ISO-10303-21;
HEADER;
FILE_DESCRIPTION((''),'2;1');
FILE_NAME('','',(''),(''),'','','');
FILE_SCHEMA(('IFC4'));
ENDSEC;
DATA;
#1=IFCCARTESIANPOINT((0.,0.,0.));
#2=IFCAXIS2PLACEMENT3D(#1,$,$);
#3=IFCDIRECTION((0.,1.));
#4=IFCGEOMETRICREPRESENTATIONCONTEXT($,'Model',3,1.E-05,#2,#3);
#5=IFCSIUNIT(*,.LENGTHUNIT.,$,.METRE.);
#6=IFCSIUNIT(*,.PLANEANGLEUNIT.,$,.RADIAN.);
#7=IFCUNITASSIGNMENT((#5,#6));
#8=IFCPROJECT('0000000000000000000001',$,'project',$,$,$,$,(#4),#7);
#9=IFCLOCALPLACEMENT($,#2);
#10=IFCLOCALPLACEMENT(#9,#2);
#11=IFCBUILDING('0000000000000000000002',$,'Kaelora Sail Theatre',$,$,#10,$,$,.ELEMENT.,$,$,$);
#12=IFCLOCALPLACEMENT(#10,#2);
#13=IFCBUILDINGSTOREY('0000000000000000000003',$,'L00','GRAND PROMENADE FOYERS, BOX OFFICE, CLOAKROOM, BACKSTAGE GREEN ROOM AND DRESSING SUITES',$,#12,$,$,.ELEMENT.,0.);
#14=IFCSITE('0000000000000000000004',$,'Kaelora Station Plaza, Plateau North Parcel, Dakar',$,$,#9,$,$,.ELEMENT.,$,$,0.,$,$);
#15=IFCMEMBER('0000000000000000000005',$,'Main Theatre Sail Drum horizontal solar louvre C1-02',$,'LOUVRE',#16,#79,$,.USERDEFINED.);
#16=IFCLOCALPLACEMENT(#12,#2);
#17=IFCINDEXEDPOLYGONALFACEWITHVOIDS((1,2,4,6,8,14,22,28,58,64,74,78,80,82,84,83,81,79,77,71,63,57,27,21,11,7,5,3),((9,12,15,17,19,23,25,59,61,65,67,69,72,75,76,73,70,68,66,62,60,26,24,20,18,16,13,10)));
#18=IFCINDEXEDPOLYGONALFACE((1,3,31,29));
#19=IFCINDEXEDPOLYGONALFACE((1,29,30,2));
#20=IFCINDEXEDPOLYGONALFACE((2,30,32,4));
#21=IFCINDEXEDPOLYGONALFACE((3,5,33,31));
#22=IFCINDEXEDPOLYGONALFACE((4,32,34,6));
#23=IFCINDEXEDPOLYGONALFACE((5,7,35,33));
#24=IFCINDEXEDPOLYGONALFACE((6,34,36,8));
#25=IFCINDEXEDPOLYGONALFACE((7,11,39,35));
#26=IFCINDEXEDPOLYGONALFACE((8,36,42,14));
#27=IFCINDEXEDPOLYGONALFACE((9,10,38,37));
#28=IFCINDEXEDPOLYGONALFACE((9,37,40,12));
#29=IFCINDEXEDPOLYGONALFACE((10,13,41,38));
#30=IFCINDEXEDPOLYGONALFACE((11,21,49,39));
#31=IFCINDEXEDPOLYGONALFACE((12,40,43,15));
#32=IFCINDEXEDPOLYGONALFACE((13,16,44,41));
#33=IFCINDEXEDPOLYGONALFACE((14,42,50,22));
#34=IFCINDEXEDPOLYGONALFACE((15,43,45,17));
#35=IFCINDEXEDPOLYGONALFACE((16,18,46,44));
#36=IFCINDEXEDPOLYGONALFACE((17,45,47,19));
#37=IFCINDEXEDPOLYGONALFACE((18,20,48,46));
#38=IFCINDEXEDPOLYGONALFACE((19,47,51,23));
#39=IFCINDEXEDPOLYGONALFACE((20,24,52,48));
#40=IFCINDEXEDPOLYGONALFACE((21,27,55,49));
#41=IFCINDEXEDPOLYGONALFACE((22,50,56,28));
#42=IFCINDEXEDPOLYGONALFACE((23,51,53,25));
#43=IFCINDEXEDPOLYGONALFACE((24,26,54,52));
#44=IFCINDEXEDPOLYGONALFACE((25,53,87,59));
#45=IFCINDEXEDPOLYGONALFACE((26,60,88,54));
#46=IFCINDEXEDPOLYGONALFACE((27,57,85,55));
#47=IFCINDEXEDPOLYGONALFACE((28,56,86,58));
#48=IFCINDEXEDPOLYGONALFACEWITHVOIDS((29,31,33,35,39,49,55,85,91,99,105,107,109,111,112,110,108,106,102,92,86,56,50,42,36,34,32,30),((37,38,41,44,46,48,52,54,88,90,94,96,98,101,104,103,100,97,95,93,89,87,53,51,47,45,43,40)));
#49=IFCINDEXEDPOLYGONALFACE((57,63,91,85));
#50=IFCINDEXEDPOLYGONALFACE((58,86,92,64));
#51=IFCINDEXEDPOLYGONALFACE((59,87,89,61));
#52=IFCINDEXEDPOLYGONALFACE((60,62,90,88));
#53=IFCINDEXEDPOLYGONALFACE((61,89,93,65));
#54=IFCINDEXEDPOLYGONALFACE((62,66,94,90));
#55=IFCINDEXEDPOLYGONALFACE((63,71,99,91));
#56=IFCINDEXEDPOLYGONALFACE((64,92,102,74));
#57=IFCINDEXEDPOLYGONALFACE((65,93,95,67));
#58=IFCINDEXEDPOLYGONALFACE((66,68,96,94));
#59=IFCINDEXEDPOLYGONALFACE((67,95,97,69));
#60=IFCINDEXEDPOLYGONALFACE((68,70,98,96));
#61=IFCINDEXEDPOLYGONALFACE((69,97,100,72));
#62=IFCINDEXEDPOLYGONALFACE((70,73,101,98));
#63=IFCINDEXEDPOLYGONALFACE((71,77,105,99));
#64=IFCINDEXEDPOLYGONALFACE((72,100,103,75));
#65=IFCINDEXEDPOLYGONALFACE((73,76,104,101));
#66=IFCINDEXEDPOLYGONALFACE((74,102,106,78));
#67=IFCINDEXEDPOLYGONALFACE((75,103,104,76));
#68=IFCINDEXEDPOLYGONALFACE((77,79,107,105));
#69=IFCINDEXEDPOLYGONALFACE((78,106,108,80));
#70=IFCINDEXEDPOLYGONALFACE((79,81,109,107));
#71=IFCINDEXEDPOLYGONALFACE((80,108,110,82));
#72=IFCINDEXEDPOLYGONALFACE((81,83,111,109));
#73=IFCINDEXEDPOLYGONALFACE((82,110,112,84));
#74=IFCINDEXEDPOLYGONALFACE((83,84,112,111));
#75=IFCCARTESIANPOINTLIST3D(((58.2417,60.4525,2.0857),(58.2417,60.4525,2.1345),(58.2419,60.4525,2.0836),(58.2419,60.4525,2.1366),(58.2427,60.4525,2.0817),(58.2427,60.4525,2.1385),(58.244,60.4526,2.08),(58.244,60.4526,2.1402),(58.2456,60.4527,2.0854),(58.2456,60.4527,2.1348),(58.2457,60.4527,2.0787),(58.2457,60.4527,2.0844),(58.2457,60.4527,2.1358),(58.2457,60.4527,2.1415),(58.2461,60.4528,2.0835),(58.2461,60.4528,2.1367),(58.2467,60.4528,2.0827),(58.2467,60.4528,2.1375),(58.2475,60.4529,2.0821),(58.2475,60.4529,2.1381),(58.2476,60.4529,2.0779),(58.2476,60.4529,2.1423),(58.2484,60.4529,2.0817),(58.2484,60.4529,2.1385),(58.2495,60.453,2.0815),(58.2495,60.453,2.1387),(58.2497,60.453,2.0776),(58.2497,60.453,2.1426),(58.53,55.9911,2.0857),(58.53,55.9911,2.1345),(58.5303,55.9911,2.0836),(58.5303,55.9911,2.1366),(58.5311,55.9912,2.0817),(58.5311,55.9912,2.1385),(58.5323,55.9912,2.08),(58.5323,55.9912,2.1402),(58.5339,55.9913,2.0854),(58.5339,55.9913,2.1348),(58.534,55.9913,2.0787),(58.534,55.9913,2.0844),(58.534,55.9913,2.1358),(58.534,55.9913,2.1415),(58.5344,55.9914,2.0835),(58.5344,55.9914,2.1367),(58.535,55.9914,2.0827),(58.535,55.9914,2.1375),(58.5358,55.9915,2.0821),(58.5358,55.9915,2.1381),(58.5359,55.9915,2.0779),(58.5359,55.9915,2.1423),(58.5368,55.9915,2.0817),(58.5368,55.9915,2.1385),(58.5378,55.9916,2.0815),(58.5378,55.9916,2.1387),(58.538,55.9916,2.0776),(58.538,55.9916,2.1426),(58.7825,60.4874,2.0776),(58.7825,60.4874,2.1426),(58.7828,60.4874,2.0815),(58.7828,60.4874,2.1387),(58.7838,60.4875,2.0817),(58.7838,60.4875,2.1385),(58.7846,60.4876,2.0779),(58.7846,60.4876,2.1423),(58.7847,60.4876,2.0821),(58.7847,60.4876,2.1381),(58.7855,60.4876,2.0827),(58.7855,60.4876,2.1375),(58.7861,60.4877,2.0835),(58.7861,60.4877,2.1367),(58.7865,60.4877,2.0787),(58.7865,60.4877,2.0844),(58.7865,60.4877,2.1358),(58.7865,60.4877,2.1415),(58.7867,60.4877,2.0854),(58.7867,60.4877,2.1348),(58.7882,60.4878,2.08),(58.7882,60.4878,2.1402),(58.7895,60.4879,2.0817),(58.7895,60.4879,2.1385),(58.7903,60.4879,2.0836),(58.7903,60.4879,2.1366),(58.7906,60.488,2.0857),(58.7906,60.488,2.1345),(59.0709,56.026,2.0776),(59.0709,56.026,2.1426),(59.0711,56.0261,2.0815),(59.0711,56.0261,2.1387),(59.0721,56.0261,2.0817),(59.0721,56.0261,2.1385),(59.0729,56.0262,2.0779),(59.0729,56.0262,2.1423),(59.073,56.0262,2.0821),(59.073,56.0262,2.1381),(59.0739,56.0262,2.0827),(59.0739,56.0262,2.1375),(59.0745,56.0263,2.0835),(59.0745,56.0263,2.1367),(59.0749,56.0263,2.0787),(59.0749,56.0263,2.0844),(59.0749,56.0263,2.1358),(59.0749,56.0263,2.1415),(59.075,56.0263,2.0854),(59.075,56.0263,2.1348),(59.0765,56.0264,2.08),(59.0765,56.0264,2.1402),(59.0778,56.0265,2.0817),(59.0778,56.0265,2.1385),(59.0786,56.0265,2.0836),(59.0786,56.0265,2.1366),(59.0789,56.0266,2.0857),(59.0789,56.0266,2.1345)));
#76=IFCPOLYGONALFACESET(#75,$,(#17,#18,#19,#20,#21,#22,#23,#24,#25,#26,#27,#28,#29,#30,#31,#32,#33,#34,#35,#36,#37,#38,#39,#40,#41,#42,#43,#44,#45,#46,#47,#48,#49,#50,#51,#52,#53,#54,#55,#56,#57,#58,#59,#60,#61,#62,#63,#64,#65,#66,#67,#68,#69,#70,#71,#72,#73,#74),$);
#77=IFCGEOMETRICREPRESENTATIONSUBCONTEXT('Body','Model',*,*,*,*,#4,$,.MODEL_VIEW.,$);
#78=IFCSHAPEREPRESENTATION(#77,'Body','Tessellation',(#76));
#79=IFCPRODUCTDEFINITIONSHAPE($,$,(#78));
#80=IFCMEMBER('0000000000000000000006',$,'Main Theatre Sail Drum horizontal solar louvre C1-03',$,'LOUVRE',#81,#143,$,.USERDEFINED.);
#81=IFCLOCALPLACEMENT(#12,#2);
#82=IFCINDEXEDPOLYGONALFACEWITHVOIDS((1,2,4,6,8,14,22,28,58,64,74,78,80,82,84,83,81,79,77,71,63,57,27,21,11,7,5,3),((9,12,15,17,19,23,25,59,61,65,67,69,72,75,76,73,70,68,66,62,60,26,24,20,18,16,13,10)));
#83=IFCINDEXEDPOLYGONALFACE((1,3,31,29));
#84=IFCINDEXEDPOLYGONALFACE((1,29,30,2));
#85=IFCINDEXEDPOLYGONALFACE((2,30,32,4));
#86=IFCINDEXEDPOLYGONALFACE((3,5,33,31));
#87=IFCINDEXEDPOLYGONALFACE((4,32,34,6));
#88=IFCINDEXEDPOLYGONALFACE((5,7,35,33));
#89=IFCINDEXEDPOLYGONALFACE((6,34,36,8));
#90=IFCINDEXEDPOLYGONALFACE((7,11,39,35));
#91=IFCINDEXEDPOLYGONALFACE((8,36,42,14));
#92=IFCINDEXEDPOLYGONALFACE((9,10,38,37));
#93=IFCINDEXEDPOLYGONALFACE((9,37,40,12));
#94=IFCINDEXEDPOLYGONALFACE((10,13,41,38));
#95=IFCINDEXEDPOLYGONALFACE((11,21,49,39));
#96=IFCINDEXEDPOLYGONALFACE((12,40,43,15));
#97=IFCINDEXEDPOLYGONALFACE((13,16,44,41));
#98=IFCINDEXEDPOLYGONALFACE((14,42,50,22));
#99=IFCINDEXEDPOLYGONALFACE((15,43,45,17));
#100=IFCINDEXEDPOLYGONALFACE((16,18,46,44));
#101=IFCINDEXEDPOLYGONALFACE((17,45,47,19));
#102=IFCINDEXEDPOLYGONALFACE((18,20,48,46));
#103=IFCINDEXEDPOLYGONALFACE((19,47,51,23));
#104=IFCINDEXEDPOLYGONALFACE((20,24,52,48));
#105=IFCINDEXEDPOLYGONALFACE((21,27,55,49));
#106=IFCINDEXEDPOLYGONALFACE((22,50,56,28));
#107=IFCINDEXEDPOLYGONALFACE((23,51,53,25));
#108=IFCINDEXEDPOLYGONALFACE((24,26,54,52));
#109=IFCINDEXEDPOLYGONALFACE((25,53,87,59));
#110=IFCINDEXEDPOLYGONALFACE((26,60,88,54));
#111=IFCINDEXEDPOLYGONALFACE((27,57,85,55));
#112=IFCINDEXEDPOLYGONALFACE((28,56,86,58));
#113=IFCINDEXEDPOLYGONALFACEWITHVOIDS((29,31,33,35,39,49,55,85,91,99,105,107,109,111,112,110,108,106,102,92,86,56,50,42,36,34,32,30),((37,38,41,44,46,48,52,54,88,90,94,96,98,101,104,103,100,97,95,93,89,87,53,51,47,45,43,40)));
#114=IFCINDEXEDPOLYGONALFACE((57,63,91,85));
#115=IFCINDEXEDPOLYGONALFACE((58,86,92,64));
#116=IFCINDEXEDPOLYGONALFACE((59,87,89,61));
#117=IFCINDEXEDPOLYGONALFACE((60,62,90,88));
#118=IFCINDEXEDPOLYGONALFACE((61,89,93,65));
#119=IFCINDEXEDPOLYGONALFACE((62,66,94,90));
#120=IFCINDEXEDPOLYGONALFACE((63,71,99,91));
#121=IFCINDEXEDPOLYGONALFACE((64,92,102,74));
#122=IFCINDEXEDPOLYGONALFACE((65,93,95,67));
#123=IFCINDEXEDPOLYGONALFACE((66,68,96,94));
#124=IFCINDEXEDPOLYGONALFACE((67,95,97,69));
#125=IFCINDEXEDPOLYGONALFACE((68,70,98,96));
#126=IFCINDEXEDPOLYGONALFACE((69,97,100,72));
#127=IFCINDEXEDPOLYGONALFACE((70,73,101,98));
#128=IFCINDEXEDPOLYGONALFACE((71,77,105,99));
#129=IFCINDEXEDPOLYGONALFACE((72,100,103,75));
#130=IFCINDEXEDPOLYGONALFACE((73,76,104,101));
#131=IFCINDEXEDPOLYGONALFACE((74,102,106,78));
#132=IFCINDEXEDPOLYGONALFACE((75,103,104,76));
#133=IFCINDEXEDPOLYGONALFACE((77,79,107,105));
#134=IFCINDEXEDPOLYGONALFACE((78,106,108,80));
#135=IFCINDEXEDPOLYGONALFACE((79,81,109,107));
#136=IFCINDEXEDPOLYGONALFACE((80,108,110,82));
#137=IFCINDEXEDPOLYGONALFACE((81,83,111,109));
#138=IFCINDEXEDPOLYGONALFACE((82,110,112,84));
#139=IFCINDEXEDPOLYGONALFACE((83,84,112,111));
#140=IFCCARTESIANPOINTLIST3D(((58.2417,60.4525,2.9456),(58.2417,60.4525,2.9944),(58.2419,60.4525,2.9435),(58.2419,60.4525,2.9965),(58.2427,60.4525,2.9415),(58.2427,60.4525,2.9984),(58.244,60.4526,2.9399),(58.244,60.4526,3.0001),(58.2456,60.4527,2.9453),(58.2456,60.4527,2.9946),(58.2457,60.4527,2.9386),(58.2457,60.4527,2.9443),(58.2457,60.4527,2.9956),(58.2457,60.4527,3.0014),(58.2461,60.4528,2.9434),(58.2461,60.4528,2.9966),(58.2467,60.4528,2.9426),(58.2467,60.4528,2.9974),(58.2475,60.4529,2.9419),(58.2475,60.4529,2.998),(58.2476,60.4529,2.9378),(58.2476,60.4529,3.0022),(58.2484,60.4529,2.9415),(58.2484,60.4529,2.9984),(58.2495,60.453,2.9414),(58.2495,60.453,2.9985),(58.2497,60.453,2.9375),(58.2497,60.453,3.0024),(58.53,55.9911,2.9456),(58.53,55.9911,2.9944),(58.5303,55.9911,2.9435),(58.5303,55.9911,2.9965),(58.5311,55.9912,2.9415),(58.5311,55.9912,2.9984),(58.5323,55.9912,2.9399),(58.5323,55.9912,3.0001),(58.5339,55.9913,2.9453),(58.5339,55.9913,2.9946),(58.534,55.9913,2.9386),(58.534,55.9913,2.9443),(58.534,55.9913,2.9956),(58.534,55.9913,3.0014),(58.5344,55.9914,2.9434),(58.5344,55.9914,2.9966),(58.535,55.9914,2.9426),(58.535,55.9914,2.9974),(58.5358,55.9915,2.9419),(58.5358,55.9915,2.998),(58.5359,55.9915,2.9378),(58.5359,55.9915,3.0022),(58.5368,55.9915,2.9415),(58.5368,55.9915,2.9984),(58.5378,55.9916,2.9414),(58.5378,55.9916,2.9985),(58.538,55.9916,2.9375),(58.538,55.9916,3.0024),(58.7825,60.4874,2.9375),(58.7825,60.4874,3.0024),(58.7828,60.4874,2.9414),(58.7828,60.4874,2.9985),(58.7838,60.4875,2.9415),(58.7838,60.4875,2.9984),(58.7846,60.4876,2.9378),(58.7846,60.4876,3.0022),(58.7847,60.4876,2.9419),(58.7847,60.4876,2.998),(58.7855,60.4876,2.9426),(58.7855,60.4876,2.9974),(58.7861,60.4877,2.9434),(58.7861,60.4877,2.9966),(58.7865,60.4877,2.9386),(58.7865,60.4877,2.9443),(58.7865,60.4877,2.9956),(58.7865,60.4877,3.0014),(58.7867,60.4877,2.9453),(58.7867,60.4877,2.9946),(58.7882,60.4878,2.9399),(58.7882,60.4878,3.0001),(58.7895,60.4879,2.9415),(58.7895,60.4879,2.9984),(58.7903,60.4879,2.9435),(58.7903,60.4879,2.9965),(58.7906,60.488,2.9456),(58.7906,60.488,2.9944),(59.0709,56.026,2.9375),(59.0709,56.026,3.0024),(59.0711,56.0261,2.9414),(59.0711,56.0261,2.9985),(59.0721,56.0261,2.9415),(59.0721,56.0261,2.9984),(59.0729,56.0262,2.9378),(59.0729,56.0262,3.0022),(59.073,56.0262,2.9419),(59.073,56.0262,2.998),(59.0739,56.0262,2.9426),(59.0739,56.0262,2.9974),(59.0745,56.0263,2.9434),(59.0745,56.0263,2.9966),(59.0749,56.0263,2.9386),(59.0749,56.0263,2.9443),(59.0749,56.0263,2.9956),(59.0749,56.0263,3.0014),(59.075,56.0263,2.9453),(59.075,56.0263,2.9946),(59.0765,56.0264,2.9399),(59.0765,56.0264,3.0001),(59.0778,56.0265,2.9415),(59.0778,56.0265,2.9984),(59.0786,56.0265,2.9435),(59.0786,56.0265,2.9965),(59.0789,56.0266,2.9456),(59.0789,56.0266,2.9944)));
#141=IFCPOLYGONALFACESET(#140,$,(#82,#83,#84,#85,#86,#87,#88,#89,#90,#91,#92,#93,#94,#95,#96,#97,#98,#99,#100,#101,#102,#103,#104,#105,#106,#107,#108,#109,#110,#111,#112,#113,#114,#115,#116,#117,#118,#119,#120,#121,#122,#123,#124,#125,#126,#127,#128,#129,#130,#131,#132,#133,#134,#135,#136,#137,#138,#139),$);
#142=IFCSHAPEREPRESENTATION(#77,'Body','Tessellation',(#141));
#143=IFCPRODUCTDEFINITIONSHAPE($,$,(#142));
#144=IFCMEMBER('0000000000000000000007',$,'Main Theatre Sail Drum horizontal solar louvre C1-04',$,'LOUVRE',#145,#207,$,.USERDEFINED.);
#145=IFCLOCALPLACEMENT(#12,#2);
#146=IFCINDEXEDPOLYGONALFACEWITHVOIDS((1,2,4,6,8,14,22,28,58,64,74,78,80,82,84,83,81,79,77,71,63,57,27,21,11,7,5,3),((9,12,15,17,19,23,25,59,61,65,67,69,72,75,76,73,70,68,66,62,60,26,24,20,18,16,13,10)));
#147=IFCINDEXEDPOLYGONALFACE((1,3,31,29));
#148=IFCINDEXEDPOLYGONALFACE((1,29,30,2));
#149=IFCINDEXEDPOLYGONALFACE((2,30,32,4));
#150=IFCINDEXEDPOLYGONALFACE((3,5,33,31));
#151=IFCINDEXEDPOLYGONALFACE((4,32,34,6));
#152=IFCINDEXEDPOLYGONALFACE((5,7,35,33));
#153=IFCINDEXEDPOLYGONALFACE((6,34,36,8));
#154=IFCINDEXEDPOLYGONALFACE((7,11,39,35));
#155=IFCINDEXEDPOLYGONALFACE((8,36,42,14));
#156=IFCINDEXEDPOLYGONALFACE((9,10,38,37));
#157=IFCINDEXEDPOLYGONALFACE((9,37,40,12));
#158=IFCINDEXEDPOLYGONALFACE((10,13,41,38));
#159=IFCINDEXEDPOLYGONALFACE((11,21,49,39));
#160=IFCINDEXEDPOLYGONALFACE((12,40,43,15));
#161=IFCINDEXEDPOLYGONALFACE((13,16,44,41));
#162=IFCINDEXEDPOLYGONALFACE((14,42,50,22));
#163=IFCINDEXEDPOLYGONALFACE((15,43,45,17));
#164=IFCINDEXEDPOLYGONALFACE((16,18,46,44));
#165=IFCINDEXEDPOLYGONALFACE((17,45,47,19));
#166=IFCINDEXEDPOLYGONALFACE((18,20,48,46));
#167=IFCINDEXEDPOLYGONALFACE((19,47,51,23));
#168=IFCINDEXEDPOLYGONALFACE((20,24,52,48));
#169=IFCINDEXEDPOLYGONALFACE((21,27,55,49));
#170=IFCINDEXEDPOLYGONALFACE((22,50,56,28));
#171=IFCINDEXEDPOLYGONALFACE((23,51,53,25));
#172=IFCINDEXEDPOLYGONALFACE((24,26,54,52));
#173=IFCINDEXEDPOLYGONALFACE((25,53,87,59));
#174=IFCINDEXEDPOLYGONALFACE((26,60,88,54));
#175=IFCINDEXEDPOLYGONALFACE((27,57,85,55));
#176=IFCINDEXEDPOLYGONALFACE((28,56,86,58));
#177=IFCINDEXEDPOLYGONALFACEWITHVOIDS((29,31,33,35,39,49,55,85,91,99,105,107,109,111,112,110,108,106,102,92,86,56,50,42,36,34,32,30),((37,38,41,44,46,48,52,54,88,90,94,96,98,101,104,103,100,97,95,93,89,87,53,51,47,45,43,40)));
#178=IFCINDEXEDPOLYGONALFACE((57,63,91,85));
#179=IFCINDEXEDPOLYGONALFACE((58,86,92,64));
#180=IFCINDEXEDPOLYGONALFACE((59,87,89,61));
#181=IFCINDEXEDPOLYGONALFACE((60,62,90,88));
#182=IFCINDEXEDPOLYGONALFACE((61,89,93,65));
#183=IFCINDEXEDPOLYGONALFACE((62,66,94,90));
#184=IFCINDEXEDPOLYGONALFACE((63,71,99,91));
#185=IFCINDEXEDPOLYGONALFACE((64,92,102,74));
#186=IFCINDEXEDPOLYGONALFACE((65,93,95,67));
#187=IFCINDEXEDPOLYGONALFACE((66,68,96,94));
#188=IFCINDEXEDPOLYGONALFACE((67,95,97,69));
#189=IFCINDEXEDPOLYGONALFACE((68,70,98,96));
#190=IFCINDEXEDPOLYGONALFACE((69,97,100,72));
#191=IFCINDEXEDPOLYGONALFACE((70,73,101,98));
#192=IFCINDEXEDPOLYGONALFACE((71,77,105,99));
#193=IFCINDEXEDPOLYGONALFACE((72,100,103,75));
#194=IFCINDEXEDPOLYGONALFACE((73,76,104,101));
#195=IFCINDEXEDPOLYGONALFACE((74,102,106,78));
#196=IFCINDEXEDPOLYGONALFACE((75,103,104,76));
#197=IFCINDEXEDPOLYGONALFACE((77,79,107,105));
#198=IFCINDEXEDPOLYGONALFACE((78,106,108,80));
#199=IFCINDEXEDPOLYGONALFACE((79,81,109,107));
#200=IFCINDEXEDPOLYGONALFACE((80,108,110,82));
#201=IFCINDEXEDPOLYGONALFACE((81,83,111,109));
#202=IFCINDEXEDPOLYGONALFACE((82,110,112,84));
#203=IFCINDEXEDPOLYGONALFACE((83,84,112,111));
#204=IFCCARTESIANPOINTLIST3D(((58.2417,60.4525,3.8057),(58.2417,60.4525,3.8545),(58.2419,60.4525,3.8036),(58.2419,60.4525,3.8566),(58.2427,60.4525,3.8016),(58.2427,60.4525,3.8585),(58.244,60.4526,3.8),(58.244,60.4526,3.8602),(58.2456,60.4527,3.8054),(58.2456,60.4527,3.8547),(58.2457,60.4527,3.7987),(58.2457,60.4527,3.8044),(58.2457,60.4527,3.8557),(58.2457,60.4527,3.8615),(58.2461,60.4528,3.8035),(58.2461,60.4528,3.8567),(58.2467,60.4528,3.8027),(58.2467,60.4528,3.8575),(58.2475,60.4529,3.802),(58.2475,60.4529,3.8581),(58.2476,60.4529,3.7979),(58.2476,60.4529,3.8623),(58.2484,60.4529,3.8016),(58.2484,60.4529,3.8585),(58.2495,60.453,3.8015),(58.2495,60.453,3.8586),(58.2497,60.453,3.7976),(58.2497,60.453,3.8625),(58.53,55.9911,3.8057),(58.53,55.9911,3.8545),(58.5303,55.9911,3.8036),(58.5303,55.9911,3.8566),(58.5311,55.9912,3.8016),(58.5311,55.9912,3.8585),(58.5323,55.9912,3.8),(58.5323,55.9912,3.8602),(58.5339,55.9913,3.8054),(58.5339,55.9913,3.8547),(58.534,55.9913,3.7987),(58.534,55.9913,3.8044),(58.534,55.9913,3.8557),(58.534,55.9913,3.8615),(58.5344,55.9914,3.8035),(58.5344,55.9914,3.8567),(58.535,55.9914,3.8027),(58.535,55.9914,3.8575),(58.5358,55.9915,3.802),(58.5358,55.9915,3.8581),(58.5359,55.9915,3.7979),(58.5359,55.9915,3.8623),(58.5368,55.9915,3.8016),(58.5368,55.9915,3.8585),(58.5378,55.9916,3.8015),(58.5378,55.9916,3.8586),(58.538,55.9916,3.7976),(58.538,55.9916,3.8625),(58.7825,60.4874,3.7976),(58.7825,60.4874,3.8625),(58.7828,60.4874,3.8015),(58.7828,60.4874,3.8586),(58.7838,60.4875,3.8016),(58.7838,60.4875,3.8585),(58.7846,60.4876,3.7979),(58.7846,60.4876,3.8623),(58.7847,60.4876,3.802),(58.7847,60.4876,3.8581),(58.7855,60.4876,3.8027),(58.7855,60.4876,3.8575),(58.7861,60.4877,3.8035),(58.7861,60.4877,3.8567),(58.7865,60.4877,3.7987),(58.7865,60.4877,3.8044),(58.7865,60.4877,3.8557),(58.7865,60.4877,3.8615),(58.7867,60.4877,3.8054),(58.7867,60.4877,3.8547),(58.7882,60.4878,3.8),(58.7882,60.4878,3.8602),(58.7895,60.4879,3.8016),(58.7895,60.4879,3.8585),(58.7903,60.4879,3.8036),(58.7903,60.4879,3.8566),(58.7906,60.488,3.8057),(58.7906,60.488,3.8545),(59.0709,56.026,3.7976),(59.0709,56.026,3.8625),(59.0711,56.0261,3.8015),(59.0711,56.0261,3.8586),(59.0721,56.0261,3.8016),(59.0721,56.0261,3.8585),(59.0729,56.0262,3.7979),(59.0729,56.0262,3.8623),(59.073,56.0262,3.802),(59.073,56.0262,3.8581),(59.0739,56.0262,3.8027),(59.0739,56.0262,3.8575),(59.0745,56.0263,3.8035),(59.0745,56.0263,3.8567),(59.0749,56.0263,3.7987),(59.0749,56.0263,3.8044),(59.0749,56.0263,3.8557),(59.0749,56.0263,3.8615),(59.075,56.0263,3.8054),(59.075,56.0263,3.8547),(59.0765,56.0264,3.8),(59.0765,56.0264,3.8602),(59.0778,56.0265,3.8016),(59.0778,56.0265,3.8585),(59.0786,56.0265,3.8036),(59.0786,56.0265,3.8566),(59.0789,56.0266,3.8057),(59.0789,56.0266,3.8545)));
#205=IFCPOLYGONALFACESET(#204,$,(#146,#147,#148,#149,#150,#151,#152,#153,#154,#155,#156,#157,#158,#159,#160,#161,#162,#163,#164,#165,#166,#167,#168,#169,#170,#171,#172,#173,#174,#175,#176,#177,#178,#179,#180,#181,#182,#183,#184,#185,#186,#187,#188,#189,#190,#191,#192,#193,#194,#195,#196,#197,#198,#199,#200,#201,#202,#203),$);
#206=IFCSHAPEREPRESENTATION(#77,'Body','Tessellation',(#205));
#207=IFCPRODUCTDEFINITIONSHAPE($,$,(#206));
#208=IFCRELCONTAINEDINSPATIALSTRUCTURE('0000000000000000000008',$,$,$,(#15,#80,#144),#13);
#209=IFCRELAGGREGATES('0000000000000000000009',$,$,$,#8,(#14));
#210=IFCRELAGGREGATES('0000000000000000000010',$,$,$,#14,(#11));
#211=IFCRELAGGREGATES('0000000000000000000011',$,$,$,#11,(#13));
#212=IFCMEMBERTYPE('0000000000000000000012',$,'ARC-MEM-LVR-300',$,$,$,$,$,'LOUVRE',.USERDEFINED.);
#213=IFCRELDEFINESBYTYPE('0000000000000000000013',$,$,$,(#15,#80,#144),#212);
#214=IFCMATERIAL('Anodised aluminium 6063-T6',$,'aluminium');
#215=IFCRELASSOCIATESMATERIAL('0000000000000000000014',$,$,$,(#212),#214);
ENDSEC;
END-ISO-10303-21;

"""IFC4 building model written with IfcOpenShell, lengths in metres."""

from ifc_helpers import new_model, si_unit, direction, frame, origin, origin_2d, place, context, subcontext, project, spatial, hollow_rectangle, extrude, material, material_profile, profile_set, type_object, element, save


model = new_model("IFC4")

# Units and contexts
model_context = context("Model", 3, precision=1e-05, world=origin(), true_north=direction((0.0, 1.0)))
body_context = subcontext(model_context, "Body", "Model", "MODEL_VIEW")
ifc_project = project(units=[si_unit("LENGTHUNIT", "METRE"), si_unit("PLANEANGLEUNIT", "RADIAN")], contexts=[model_context])

# Site, building, storey
site_placement = place(None, origin())
site = spatial("IfcSite", under=ifc_project, at=site_placement, Name="Kaelora Station Plaza, Plateau North Parcel, Dakar", CompositionType="ELEMENT", RefElevation=0.0)
building_placement = place(site_placement, origin())
building = spatial("IfcBuilding", under=site, at=building_placement, Name="Kaelora Sail Theatre", CompositionType="ELEMENT")
storey_placement = place(building_placement, origin())
storey = spatial("IfcBuildingStorey", under=building, at=storey_placement, Name="L00", Description="GRAND PROMENADE FOYERS, BOX OFFICE, CLOAKROOM, BACKSTAGE GREEN ROOM AND DRESSING SUITES", CompositionType="ELEMENT", Elevation=0.0)

# Members
ifc_material_1 = material(Name="Anodised aluminium 6063-T6", Category="aluminium")
ifc_material_profile_1 = material_profile(ifc_material_1, hollow_rectangle(XDim=0.55, YDim=0.0649, WallThickness=0.0039, InnerFilletRadius=0.0039, OuterFilletRadius=0.0081, at=origin_2d()), Name="LOUVRE 550x65x4")
ifc_profile_set_1 = profile_set([ifc_material_profile_1], Name="Anodised aluminium 6063-T6")
member_type_1 = type_object("IfcMemberType", Name="ARC-MEM-LVR-300", ElementType="LOUVRE", PredefinedType="USERDEFINED", material=ifc_profile_set_1)
for number, where, z_axis, x_axis, name in (
    (1, (58.5161, 60.4702, 2.1101), (0.064493, -0.997918, 0.0), (0.997918, 0.064493, 0.0), "Main Theatre Sail Drum horizontal solar louvre C1-02"),
    (2, (58.5161, 60.4702, 2.97), (0.064493, -0.997918, 0.0), (0.997918, 0.064493, 0.0), "Main Theatre Sail Drum horizontal solar louvre C1-03"),
    (3, (58.5161, 60.4702, 3.8301), (0.064493, -0.997918, 0.0), (0.997918, 0.064493, 0.0), "Main Theatre Sail Drum horizontal solar louvre C1-04"),
):
    element("IfcMember", number, at=place(storey_placement, frame(where, z_axis=z_axis, x_axis=x_axis)), inside=storey, type_object=member_type_1, Name=name, ObjectType="LOUVRE", PredefinedType="USERDEFINED", context=body_context, shape_type="SweptSolid", body=[
        extrude(hollow_rectangle(XDim=0.55, YDim=0.0649, WallThickness=0.0039, InnerFilletRadius=0.0039, OuterFilletRadius=0.0081, at=origin_2d()), origin(), (0.0, 0.0, 1.0), 4.4707),
    ])

save(model, "model.ifc")
